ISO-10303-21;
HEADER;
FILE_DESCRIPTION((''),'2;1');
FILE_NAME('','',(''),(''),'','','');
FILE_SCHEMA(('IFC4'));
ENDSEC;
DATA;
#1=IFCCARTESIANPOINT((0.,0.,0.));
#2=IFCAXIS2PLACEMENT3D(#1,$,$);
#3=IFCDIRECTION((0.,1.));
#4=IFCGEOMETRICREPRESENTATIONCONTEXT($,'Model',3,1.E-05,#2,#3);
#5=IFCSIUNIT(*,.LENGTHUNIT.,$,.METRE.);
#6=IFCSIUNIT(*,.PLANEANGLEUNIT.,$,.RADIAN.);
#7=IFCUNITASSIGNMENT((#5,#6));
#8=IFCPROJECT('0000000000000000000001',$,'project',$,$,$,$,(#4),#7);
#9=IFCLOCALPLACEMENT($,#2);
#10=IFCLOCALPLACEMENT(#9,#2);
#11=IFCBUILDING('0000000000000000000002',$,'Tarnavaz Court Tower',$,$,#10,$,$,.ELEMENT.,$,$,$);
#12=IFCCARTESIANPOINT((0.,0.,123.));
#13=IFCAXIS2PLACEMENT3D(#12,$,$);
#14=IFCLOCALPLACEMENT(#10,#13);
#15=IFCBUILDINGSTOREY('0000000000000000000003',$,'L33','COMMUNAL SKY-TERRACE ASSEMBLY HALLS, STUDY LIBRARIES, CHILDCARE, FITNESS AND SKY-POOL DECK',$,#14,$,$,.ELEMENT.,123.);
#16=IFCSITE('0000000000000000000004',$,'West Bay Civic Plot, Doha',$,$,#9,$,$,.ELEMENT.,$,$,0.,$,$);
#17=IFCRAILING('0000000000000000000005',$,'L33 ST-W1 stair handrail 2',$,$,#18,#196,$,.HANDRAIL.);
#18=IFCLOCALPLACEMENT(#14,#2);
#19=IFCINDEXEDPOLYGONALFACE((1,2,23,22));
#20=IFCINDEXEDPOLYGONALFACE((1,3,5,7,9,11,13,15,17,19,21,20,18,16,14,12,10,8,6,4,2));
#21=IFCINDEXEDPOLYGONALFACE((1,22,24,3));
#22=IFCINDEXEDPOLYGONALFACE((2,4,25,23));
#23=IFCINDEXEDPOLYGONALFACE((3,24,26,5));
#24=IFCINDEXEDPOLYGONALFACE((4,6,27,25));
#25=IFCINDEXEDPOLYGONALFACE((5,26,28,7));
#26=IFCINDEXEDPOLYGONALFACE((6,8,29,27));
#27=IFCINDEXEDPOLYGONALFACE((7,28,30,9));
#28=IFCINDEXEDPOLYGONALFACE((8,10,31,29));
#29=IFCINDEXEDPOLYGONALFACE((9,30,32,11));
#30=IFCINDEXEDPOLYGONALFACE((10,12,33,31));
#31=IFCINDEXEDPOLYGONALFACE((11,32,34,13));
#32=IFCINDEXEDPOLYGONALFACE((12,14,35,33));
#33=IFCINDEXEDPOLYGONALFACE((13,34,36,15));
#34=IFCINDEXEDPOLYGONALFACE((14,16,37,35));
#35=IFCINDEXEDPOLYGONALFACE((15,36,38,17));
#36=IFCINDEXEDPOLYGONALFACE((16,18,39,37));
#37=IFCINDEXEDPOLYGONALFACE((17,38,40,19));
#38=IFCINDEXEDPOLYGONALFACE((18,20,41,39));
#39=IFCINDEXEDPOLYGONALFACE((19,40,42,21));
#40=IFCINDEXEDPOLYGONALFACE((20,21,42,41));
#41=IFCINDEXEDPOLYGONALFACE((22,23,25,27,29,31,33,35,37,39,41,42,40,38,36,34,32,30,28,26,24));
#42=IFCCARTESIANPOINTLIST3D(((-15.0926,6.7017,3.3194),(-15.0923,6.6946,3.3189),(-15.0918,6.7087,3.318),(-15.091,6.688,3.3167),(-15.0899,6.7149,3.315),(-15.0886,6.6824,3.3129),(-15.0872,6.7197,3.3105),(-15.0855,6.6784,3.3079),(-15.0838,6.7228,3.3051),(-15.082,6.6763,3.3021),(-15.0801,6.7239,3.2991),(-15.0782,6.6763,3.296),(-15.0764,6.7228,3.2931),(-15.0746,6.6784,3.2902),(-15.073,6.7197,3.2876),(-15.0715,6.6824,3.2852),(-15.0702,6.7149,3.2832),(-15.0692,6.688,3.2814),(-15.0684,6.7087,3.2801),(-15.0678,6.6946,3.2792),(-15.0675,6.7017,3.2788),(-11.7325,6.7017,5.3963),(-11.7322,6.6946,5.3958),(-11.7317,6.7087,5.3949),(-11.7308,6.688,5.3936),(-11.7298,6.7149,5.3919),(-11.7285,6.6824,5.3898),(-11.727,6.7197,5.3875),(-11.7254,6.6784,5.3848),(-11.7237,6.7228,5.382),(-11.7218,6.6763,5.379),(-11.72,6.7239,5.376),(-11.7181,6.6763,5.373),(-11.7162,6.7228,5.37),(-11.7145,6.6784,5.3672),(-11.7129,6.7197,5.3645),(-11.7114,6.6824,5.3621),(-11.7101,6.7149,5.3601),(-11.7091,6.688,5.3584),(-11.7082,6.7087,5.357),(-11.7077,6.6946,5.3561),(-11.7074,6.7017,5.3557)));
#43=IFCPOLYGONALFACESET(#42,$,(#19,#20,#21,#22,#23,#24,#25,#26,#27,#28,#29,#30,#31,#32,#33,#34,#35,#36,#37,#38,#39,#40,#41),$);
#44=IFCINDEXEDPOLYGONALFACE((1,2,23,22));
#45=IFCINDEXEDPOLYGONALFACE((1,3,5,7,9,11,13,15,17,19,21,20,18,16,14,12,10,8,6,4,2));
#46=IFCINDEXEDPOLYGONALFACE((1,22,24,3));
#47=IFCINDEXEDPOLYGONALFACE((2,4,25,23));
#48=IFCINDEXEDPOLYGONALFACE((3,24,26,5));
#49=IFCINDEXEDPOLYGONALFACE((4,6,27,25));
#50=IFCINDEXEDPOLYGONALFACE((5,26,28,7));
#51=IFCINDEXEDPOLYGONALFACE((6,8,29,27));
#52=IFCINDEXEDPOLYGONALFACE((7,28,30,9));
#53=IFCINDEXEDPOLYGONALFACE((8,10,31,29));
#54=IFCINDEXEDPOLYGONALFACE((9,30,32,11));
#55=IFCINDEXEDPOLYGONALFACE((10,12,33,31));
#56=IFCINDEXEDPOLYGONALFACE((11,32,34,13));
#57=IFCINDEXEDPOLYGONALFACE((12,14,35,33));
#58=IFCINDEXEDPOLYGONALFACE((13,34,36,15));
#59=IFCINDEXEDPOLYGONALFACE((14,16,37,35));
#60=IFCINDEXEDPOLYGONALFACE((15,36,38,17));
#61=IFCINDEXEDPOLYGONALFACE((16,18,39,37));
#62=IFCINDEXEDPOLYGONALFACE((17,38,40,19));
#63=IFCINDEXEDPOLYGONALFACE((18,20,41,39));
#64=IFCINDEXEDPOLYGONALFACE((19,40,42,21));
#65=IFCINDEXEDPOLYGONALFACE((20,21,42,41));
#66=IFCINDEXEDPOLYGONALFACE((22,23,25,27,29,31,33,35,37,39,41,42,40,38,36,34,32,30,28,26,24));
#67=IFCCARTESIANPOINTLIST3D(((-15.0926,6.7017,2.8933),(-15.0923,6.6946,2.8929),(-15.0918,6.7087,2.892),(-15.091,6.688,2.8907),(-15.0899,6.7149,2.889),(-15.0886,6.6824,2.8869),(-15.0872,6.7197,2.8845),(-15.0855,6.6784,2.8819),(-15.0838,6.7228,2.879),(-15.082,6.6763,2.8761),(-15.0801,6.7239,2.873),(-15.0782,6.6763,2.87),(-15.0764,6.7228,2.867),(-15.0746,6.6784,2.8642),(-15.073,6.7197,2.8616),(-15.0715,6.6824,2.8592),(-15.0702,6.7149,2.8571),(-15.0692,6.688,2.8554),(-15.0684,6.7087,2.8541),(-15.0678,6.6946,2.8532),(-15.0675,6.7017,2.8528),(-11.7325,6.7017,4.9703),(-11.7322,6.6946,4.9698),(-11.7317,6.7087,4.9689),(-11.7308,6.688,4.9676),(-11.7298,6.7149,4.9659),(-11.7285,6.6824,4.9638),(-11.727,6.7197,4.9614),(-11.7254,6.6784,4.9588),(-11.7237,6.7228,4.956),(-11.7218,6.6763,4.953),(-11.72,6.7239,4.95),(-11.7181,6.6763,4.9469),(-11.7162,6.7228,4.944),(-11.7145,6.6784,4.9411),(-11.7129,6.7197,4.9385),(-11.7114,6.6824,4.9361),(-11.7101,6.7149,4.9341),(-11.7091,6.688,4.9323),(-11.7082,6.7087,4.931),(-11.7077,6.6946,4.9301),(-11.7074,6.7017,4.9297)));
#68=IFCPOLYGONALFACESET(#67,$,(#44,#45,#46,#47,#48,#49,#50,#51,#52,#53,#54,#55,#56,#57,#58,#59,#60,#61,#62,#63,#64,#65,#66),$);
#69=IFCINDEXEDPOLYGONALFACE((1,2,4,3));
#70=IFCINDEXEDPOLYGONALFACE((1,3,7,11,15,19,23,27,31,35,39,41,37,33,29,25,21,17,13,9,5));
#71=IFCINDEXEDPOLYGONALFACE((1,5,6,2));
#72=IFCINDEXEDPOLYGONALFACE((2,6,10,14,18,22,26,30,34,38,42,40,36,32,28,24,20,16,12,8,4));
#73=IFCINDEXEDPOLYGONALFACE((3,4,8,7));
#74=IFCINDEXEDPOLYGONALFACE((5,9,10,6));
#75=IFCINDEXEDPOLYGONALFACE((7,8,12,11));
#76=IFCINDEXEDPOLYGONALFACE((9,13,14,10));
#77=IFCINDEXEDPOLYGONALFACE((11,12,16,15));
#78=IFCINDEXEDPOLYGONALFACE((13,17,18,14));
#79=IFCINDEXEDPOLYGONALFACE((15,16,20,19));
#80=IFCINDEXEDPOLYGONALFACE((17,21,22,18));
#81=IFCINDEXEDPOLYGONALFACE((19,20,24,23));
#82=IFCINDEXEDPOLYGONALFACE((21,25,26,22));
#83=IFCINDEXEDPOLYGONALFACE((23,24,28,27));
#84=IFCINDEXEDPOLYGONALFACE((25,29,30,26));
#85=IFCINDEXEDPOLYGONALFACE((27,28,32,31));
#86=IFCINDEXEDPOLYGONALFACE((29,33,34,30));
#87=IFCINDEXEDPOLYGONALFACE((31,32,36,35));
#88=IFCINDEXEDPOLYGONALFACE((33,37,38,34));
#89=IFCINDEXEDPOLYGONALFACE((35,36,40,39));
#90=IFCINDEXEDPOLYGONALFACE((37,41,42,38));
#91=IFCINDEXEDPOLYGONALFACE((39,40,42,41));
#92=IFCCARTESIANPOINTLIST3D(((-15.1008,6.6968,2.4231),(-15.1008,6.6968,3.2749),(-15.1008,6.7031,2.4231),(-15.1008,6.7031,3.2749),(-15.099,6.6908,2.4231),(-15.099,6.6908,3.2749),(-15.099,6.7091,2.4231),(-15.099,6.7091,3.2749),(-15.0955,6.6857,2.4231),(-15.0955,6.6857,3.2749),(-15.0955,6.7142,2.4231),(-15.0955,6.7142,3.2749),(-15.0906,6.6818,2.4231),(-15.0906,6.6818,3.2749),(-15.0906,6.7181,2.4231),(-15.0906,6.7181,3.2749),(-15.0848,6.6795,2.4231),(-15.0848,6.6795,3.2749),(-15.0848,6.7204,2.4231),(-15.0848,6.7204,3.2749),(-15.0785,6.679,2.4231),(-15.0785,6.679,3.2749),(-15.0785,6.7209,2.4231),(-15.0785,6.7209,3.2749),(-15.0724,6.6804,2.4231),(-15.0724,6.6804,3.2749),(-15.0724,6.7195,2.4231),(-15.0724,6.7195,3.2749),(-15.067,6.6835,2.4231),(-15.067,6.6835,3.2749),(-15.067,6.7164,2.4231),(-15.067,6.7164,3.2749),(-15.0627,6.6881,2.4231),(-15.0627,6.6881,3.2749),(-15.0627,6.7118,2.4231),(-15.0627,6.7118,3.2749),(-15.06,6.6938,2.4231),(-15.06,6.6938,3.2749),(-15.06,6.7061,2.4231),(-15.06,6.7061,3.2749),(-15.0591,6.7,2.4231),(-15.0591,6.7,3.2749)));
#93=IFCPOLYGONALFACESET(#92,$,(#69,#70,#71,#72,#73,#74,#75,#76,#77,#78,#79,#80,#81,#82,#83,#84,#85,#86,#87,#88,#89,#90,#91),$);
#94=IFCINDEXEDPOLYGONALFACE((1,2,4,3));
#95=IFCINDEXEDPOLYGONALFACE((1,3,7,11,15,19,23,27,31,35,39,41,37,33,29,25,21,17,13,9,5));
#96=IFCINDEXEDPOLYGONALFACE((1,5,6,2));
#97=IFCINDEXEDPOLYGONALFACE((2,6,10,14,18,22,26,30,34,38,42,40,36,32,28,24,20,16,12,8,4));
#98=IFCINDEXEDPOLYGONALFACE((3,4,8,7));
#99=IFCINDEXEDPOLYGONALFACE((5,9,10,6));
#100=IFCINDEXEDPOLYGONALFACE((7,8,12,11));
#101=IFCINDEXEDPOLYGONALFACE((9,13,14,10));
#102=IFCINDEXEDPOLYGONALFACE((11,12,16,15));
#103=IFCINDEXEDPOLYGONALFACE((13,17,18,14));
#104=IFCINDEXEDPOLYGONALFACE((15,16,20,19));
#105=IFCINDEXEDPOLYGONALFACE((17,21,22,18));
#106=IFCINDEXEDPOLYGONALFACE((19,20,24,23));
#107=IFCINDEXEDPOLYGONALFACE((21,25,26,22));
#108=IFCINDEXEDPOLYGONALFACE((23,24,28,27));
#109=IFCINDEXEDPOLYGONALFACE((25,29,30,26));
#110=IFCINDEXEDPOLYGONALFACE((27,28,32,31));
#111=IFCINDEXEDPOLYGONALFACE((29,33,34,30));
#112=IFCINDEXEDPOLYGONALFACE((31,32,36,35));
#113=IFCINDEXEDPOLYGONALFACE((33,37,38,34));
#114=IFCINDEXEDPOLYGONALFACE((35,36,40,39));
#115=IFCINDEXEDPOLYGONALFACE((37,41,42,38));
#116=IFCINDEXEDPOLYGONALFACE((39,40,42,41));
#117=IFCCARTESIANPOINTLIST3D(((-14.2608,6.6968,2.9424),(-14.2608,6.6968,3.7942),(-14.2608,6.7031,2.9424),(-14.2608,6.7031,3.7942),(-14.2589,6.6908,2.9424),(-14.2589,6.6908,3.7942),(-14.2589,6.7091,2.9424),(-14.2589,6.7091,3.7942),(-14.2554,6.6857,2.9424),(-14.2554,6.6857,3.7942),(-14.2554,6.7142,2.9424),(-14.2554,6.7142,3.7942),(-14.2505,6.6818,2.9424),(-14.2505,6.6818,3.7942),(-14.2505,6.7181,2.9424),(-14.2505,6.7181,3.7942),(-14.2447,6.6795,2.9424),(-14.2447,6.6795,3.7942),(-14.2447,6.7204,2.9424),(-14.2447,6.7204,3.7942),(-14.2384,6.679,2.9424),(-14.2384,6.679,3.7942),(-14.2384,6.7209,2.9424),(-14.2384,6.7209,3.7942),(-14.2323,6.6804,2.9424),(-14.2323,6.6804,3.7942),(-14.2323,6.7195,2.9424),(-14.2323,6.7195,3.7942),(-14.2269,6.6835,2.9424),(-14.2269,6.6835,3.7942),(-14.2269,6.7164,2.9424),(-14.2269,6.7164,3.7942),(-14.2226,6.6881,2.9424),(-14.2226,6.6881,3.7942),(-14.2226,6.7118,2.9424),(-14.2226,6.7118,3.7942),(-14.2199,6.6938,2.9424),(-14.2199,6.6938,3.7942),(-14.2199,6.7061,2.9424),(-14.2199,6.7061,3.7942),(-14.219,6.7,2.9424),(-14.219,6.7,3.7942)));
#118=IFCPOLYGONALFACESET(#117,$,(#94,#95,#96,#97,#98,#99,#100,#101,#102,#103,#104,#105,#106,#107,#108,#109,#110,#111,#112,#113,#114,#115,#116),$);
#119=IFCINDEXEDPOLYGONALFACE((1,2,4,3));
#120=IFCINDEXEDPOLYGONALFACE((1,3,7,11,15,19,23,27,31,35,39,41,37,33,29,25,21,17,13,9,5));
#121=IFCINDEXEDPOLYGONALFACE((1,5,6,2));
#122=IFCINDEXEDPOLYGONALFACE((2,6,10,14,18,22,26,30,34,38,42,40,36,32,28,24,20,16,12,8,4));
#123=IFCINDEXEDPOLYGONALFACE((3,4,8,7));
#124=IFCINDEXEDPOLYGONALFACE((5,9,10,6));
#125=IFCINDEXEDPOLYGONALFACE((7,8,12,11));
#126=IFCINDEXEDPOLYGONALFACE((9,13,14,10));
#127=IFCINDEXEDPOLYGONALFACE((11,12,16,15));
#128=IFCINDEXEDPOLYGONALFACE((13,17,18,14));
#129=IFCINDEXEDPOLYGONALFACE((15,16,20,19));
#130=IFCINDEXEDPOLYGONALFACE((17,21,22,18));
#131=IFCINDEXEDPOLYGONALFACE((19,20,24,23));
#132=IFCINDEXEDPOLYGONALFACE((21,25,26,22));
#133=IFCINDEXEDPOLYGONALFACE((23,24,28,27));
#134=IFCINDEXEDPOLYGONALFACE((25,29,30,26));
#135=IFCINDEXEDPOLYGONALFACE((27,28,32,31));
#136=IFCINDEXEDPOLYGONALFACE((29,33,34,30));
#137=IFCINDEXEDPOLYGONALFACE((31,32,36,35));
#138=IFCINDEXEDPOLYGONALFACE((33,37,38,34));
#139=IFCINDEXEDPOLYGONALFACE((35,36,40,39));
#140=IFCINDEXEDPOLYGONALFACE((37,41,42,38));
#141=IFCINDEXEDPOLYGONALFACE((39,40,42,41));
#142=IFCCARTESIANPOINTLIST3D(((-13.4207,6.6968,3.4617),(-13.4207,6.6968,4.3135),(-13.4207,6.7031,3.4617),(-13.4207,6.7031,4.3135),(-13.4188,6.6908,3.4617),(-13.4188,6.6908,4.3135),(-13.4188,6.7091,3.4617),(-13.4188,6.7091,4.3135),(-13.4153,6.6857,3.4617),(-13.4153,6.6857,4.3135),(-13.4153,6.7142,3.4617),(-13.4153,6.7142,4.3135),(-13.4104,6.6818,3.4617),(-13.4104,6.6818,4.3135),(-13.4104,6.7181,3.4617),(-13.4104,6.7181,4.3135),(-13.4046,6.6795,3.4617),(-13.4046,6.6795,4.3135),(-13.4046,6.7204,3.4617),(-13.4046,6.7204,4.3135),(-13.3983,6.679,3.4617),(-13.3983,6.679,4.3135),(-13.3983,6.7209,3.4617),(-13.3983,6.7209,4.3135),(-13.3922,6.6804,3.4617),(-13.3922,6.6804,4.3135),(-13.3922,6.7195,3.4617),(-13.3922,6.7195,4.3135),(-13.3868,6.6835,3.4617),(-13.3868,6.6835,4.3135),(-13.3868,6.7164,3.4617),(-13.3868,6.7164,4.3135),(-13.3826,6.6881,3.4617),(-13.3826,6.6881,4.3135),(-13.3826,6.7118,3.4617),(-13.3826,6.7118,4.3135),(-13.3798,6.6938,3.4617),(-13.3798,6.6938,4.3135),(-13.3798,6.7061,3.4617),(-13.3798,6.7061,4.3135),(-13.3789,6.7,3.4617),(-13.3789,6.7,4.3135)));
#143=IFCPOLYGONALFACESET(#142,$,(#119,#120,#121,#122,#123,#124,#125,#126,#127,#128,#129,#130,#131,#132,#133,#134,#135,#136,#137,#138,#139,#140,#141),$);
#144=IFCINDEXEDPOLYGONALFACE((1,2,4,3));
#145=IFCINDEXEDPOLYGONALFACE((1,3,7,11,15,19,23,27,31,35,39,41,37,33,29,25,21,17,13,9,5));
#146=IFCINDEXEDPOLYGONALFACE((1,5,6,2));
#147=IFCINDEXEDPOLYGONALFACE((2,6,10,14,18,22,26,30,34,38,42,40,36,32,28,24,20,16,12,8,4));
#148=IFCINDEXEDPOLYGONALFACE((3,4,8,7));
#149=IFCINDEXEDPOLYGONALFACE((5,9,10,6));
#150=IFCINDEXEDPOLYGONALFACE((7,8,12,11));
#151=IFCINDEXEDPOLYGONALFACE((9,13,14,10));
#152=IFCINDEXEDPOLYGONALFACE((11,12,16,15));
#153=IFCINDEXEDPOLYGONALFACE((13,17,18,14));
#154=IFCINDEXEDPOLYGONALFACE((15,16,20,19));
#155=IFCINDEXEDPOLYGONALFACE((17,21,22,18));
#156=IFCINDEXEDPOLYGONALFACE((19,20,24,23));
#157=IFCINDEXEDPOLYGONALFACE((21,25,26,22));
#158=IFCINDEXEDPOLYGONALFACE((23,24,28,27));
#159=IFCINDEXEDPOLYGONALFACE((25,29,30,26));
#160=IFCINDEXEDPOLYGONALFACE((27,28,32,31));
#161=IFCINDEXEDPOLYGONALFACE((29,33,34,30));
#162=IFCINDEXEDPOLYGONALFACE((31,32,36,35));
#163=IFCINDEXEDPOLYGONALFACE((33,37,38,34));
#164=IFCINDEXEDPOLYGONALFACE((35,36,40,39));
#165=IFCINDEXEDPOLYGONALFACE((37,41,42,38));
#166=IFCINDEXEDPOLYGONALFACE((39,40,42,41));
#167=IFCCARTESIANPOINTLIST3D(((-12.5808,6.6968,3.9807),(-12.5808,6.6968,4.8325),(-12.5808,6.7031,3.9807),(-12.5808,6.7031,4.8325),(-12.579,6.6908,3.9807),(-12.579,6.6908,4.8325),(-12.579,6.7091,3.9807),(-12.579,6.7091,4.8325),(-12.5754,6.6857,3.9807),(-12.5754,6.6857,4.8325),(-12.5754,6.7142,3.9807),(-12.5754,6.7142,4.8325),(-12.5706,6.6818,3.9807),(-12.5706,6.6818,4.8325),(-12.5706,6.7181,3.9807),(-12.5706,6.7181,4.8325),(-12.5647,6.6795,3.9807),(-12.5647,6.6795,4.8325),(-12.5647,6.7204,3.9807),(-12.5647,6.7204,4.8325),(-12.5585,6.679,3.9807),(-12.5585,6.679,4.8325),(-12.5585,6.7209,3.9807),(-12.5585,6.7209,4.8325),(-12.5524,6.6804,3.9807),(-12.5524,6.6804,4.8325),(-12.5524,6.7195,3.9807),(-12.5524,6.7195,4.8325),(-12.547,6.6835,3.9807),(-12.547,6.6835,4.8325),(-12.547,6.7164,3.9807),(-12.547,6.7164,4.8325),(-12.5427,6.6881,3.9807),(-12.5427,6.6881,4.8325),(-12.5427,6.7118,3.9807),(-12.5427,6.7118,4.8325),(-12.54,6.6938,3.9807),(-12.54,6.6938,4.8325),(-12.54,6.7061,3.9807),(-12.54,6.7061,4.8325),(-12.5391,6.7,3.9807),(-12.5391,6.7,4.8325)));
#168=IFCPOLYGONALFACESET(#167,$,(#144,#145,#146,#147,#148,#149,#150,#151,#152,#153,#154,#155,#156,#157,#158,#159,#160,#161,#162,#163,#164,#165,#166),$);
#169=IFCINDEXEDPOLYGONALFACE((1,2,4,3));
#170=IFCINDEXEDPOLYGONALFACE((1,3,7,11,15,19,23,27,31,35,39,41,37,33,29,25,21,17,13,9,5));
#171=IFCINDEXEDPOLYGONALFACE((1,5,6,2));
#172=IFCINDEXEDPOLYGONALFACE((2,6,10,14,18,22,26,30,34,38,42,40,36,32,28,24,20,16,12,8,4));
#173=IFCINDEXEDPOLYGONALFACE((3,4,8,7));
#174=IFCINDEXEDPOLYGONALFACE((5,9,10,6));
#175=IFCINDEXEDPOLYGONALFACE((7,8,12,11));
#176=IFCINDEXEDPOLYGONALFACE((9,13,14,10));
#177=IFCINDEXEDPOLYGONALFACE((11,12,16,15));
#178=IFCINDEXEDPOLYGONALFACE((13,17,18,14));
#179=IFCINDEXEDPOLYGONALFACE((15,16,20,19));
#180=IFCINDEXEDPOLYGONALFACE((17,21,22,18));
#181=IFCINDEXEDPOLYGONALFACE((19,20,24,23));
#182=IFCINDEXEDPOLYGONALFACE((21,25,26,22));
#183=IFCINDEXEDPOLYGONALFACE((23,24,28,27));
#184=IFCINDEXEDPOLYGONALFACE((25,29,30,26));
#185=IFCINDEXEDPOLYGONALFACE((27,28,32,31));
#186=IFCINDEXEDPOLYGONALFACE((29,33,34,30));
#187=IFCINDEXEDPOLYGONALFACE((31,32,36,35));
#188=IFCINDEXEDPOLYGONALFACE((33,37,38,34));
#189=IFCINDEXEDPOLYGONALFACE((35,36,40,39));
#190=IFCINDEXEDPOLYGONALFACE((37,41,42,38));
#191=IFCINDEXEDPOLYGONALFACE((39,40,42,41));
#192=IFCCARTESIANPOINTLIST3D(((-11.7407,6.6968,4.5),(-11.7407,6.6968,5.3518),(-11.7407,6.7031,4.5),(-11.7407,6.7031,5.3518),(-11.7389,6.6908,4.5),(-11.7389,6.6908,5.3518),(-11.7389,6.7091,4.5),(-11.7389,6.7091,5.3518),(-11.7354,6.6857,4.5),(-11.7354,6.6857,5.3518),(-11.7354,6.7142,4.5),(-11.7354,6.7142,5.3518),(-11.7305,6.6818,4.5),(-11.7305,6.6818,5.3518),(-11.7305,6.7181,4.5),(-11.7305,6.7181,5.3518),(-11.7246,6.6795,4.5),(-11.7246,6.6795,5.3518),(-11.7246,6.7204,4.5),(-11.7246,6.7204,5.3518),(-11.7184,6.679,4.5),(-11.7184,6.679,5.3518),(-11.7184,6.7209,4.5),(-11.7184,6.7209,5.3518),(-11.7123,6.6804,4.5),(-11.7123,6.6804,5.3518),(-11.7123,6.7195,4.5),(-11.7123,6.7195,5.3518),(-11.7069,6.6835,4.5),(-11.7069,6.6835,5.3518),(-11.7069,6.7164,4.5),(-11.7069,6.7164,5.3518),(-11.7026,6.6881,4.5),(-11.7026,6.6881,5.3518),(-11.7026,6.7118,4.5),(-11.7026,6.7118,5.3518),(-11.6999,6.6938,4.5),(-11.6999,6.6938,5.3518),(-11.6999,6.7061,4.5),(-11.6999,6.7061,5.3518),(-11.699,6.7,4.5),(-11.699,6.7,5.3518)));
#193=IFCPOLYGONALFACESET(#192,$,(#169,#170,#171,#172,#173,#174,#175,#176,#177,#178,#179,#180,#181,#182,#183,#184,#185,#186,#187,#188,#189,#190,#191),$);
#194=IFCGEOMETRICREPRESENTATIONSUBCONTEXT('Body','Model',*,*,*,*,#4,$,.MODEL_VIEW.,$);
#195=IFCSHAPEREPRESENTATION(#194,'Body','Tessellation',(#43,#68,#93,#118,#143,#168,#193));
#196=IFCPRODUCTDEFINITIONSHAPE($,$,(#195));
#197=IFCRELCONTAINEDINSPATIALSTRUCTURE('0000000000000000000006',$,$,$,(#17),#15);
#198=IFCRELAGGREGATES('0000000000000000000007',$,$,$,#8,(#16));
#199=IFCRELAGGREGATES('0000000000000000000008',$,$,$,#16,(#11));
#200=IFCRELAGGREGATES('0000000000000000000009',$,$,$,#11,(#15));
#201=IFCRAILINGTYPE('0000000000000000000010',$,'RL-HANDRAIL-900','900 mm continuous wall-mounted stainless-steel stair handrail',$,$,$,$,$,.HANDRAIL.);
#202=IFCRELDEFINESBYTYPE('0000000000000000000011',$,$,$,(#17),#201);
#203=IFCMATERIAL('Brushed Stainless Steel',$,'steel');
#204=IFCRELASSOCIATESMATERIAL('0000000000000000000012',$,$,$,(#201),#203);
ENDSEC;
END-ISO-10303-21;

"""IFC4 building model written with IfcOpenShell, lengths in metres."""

from ifc_helpers import new_model, si_unit, direction, frame, origin, origin_2d, place, context, subcontext, project, spatial, circle, extrude, material, type_object, element, save


model = new_model("IFC4")

# Units and contexts
model_context = context("Model", 3, precision=1e-05, world=origin(), true_north=direction((0.0, 1.0)))
body_context = subcontext(model_context, "Body", "Model", "MODEL_VIEW")
ifc_project = project(units=[si_unit("LENGTHUNIT", "METRE"), si_unit("PLANEANGLEUNIT", "RADIAN")], contexts=[model_context])

# Site, building, storey
site_placement = place(None, origin())
site = spatial("IfcSite", under=ifc_project, at=site_placement, Name="West Bay Civic Plot, Doha", CompositionType="ELEMENT", RefElevation=0.0)
building_placement = place(site_placement, origin())
building = spatial("IfcBuilding", under=site, at=building_placement, Name="Tarnavaz Court Tower", CompositionType="ELEMENT")
storey_placement = place(building_placement, frame((0.0, 0.0, 123.0)))
storey = spatial("IfcBuildingStorey", under=building, at=storey_placement, Name="L33", Description="COMMUNAL SKY-TERRACE ASSEMBLY HALLS, STUDY LIBRARIES, CHILDCARE, FITNESS AND SKY-POOL DECK", CompositionType="ELEMENT", Elevation=123.0)

# Railing
ifc_material_1 = material(Name="Brushed Stainless Steel", Category="steel")
railing_type_1 = type_object("IfcRailingType", Name="RL-HANDRAIL-900", Description="900 mm continuous wall-mounted stainless-steel stair handrail", PredefinedType="HANDRAIL", material=ifc_material_1)
railing_1_placement = place(storey_placement, frame((-15.0801, 6.7, 2.4231)))
element("IfcRailing", 1, at=railing_1_placement, inside=storey, type_object=railing_type_1, Name="L33 ST-W1 stair handrail 2", PredefinedType="HANDRAIL", context=body_context, shape_type="SweptSolid", body=[
    extrude(circle(Radius=0.0239, at=origin_2d()), frame((0.0, 0.0, 0.876), z_axis=(0.850623, 0.0, 0.525776), x_axis=(0.0, 1.0, 0.0)), (0.0, 0.0, 1.0), 3.9502),
    extrude(circle(Radius=0.0239, at=origin_2d()), frame((0.0, 0.0, 0.45), z_axis=(0.850623, 0.0, 0.525776), x_axis=(0.0, 1.0, 0.0)), (0.0, 0.0, 1.0), 3.9502),
    extrude(circle(Radius=0.021, at=origin_2d()), origin(), (0.0, 0.0, 1.0), 0.8518),
    extrude(circle(Radius=0.021, at=origin_2d()), frame((0.8401, 0.0, 0.5193)), (0.0, 0.0, 1.0), 0.8518),
    extrude(circle(Radius=0.021, at=origin_2d()), frame((1.6802, 0.0, 1.0386)), (0.0, 0.0, 1.0), 0.8518),
    extrude(circle(Radius=0.021, at=origin_2d()), frame((2.52, 0.0, 1.5576)), (0.0, 0.0, 1.0), 0.8518),
    extrude(circle(Radius=0.021, at=origin_2d()), frame((3.3601, 0.0, 2.0769)), (0.0, 0.0, 1.0), 0.8518),
])

save(model, "model.ifc")
